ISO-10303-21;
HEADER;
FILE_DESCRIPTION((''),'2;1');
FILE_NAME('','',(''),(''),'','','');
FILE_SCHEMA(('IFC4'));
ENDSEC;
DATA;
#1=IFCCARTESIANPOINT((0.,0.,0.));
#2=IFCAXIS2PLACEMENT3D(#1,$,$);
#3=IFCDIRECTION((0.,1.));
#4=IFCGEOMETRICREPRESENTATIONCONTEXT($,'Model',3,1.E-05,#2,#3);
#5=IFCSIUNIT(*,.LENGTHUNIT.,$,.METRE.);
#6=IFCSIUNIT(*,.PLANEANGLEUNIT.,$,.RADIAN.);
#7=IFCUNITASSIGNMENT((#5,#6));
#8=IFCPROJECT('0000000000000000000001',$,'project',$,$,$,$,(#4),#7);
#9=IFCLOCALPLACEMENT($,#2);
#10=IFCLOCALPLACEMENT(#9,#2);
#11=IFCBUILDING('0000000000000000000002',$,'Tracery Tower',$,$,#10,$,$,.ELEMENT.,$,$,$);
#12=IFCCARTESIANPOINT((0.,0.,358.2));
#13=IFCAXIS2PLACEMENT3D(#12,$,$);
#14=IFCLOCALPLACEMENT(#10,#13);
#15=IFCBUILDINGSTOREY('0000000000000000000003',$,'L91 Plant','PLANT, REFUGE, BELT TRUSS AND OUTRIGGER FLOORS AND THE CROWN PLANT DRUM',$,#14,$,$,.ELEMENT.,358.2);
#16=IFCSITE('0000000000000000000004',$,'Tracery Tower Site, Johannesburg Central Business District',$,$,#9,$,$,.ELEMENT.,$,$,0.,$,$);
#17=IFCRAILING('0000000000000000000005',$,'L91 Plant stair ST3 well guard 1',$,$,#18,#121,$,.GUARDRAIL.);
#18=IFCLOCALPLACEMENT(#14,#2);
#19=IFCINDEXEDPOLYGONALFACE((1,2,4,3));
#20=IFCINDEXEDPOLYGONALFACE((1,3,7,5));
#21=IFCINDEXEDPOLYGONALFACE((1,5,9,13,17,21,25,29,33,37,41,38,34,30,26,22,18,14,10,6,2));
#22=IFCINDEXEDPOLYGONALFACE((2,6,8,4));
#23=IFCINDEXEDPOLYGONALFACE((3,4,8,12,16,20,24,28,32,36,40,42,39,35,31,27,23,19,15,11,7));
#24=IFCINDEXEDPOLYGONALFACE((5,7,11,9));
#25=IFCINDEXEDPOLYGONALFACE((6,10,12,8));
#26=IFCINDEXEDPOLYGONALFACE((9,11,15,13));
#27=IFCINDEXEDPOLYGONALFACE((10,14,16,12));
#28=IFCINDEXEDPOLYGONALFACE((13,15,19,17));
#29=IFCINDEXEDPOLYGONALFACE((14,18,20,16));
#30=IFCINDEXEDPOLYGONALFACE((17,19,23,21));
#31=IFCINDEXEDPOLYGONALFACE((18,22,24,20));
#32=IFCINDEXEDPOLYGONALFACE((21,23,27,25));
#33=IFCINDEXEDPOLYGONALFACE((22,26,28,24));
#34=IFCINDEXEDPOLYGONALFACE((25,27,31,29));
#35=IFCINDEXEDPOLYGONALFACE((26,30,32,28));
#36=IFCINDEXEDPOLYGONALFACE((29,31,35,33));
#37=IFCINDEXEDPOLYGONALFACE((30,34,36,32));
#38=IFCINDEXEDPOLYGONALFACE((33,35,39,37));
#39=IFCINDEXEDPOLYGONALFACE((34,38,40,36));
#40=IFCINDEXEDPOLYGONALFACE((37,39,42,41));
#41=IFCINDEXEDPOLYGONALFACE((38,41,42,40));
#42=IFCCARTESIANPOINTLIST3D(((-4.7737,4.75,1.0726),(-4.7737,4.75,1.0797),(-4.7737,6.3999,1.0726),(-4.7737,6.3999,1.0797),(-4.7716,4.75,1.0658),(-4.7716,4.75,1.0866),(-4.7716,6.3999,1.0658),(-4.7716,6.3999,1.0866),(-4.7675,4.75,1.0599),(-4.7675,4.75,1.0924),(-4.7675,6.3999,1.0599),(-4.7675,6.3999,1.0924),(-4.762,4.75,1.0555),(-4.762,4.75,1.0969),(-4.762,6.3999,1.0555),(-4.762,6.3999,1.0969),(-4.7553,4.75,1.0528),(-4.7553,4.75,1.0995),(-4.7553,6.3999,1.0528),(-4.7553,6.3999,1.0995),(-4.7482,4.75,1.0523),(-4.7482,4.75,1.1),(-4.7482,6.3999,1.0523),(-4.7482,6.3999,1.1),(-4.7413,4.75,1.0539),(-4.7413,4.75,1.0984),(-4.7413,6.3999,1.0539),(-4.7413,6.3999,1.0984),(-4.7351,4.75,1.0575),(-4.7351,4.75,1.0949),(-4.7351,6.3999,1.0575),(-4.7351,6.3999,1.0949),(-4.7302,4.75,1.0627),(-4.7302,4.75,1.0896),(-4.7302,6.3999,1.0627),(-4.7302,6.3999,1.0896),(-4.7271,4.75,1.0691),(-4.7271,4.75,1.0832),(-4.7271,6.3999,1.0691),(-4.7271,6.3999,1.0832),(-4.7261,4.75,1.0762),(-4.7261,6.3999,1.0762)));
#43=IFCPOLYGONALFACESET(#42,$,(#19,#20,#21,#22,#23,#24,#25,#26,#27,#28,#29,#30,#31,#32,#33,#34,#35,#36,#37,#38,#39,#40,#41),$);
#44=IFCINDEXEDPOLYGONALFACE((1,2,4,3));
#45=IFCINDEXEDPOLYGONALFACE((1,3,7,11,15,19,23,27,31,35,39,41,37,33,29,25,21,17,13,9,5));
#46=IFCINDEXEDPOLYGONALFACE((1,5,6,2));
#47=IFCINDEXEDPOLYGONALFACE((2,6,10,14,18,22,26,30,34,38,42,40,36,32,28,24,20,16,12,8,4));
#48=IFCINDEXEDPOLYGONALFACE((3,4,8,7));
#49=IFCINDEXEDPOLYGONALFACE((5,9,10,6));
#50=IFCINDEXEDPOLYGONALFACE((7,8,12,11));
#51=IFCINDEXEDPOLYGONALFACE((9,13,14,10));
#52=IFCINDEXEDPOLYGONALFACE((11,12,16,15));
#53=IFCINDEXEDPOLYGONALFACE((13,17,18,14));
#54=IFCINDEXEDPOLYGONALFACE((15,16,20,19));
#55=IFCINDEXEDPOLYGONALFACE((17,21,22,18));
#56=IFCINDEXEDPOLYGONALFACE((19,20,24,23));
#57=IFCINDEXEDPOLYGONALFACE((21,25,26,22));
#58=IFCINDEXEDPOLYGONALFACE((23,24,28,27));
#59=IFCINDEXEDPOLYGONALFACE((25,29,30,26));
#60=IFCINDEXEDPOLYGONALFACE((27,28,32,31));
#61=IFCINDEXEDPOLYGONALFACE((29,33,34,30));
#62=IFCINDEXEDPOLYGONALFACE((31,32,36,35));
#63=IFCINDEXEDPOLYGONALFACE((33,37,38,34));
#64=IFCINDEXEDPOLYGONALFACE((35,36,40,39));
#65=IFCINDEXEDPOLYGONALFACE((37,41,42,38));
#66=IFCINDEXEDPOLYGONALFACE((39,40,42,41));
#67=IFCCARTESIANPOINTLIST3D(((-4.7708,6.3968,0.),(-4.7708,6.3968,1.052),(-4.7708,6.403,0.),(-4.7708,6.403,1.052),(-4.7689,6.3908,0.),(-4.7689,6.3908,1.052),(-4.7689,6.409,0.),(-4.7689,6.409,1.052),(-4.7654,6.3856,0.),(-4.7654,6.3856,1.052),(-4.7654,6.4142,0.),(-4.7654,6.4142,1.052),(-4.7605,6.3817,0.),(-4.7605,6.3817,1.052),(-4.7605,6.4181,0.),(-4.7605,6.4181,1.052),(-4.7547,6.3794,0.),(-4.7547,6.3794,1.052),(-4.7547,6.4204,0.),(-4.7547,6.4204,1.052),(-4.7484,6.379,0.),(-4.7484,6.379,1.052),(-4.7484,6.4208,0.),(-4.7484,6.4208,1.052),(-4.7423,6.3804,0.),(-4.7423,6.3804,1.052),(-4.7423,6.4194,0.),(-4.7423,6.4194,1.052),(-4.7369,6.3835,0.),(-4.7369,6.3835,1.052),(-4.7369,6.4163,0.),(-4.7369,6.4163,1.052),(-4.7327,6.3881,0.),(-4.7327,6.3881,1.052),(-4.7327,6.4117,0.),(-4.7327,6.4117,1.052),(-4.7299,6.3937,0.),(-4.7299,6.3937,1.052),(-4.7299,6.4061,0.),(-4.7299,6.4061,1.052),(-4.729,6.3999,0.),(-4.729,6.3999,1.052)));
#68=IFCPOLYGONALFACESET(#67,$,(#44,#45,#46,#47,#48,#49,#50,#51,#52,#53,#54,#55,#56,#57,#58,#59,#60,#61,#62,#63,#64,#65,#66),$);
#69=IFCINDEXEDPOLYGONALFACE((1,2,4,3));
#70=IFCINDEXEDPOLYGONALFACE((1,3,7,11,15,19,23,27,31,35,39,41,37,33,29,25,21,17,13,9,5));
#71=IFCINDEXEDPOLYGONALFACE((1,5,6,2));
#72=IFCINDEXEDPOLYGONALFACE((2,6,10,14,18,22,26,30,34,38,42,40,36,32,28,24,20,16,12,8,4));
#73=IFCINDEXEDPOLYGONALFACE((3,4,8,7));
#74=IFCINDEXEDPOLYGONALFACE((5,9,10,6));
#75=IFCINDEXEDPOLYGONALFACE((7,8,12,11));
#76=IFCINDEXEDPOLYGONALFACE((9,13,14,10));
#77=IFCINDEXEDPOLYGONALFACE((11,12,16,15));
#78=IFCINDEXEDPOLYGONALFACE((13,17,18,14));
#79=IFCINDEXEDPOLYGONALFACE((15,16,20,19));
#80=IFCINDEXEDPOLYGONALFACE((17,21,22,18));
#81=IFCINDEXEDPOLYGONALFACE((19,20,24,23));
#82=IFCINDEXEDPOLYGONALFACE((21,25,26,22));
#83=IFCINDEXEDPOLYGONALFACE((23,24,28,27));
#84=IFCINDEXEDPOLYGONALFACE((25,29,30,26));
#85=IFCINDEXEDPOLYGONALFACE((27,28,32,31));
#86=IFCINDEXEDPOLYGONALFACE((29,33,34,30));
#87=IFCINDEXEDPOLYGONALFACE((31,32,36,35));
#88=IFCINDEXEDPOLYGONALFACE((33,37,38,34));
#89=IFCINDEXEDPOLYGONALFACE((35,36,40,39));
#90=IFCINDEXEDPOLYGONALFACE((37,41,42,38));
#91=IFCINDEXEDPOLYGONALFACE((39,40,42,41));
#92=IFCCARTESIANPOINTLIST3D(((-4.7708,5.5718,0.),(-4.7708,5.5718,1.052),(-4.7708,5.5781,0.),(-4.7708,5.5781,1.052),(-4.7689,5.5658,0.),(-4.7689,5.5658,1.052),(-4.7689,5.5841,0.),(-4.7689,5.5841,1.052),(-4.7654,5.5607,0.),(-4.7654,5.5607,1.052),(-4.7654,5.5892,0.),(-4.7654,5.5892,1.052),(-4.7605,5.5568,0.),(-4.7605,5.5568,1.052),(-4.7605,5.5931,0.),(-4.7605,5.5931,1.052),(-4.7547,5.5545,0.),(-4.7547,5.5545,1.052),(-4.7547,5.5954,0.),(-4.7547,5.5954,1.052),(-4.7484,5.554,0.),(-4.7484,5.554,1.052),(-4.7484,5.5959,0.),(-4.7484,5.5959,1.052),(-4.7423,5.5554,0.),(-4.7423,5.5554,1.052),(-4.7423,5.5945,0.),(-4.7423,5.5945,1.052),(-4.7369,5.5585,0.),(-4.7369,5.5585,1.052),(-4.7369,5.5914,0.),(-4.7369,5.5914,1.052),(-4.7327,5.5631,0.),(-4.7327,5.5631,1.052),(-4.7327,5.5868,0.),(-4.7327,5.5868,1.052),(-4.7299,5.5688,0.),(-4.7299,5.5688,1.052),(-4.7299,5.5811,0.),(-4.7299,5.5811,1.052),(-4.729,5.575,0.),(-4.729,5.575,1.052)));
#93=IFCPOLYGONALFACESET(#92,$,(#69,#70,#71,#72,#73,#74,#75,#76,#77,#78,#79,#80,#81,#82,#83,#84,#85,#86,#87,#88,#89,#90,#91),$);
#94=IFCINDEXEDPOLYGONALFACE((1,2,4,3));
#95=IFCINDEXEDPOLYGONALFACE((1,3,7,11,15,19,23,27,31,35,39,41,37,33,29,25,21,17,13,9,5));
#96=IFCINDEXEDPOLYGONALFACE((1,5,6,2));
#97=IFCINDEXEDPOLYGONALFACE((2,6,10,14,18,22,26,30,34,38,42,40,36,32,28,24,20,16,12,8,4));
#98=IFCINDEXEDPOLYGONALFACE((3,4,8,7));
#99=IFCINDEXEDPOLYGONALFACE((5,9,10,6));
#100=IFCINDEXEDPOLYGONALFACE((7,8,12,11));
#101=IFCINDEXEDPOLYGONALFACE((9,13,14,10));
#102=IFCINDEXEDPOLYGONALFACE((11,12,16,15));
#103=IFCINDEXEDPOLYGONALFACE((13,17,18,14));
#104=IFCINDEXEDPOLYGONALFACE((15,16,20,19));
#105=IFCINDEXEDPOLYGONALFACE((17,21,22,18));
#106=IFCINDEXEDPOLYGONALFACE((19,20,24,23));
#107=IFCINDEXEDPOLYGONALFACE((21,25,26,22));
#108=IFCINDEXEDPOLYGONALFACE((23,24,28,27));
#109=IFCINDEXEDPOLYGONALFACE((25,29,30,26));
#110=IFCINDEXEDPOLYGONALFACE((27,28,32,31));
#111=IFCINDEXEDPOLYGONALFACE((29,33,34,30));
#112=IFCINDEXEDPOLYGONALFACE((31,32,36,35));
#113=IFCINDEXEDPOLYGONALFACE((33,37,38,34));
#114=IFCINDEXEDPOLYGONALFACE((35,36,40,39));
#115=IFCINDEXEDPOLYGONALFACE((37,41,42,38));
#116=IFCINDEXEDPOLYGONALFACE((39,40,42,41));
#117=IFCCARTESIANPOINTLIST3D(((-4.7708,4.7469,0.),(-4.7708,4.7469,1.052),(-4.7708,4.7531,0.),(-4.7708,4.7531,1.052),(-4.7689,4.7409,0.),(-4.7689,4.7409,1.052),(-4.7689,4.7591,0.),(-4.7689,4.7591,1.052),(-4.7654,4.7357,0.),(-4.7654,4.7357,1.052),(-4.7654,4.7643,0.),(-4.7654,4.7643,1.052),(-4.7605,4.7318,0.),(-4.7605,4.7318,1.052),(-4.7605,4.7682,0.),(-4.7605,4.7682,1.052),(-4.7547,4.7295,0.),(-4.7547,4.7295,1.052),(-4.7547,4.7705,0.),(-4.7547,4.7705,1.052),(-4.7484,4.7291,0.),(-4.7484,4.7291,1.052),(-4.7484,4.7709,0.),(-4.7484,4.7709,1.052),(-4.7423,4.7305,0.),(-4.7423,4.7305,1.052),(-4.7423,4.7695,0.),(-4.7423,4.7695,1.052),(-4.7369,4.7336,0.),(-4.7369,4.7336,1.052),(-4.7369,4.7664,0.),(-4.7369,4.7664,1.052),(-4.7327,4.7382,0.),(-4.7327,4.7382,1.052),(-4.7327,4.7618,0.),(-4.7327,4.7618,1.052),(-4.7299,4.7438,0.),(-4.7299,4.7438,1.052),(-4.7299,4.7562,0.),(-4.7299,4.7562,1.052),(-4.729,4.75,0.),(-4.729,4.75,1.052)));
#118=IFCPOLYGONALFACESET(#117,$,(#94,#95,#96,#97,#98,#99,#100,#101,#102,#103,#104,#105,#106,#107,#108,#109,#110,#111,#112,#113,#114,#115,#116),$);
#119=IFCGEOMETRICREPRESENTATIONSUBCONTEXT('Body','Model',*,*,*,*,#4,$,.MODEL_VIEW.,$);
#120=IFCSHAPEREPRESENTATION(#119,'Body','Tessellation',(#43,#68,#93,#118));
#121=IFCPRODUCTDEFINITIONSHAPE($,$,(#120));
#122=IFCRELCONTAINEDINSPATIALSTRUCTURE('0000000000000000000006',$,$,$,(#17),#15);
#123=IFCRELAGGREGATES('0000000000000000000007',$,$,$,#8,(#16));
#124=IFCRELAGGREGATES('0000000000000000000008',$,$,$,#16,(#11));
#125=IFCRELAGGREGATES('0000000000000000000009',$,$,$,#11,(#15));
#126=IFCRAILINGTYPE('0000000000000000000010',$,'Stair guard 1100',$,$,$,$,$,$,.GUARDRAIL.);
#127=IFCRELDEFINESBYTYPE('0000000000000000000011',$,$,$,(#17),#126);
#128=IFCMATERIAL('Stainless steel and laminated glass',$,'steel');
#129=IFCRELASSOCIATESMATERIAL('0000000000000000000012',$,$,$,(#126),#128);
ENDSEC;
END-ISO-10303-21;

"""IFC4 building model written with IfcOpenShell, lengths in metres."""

from ifc_helpers import new_model, si_unit, direction, frame, origin, origin_2d, place, context, subcontext, project, spatial, circle, extrude, material, type_object, element, save


model = new_model("IFC4")

# Units and contexts
model_context = context("Model", 3, precision=1e-05, world=origin(), true_north=direction((0.0, 1.0)))
body_context = subcontext(model_context, "Body", "Model", "MODEL_VIEW")
ifc_project = project(units=[si_unit("LENGTHUNIT", "METRE"), si_unit("PLANEANGLEUNIT", "RADIAN")], contexts=[model_context])

# Site, building, storey
site_placement = place(None, origin())
site = spatial("IfcSite", under=ifc_project, at=site_placement, Name="Tracery Tower Site, Johannesburg Central Business District", CompositionType="ELEMENT", RefElevation=0.0)
building_placement = place(site_placement, origin())
building = spatial("IfcBuilding", under=site, at=building_placement, Name="Tracery Tower", CompositionType="ELEMENT")
storey_placement = place(building_placement, frame((0.0, 0.0, 358.2)))
storey = spatial("IfcBuildingStorey", under=building, at=storey_placement, Name="L91 Plant", Description="PLANT, REFUGE, BELT TRUSS AND OUTRIGGER FLOORS AND THE CROWN PLANT DRUM", CompositionType="ELEMENT", Elevation=358.2)

# Railing
ifc_material_1 = material(Name="Stainless steel and laminated glass", Category="steel")
railing_type = type_object("IfcRailingType", Name="Stair guard 1100", PredefinedType="GUARDRAIL", material=ifc_material_1)
railing_placement = place(storey_placement, frame((-4.75, 6.3999, 0.0)))
element("IfcRailing", 1, at=railing_placement, inside=storey, type_object=railing_type, Name="L91 Plant stair ST3 well guard 1", PredefinedType="GUARDRAIL", context=body_context, shape_type="SweptSolid", body=[
    extrude(circle(Radius=0.0239, at=origin_2d()), frame((0.0, 0.0, 1.0762), z_axis=(0.0, -1.0, 0.0), x_axis=(1.0, 0.0, 0.0)), (0.0, 0.0, 1.0), 1.6499),
    extrude(circle(Radius=0.021, at=origin_2d()), origin(), (0.0, 0.0, 1.0), 1.052),
    extrude(circle(Radius=0.021, at=origin_2d()), frame((0.0, -0.825, 0.0)), (0.0, 0.0, 1.0), 1.052),
    extrude(circle(Radius=0.021, at=origin_2d()), frame((0.0, -1.6499, 0.0)), (0.0, 0.0, 1.0), 1.052),
])

save(model, "model.ifc")
